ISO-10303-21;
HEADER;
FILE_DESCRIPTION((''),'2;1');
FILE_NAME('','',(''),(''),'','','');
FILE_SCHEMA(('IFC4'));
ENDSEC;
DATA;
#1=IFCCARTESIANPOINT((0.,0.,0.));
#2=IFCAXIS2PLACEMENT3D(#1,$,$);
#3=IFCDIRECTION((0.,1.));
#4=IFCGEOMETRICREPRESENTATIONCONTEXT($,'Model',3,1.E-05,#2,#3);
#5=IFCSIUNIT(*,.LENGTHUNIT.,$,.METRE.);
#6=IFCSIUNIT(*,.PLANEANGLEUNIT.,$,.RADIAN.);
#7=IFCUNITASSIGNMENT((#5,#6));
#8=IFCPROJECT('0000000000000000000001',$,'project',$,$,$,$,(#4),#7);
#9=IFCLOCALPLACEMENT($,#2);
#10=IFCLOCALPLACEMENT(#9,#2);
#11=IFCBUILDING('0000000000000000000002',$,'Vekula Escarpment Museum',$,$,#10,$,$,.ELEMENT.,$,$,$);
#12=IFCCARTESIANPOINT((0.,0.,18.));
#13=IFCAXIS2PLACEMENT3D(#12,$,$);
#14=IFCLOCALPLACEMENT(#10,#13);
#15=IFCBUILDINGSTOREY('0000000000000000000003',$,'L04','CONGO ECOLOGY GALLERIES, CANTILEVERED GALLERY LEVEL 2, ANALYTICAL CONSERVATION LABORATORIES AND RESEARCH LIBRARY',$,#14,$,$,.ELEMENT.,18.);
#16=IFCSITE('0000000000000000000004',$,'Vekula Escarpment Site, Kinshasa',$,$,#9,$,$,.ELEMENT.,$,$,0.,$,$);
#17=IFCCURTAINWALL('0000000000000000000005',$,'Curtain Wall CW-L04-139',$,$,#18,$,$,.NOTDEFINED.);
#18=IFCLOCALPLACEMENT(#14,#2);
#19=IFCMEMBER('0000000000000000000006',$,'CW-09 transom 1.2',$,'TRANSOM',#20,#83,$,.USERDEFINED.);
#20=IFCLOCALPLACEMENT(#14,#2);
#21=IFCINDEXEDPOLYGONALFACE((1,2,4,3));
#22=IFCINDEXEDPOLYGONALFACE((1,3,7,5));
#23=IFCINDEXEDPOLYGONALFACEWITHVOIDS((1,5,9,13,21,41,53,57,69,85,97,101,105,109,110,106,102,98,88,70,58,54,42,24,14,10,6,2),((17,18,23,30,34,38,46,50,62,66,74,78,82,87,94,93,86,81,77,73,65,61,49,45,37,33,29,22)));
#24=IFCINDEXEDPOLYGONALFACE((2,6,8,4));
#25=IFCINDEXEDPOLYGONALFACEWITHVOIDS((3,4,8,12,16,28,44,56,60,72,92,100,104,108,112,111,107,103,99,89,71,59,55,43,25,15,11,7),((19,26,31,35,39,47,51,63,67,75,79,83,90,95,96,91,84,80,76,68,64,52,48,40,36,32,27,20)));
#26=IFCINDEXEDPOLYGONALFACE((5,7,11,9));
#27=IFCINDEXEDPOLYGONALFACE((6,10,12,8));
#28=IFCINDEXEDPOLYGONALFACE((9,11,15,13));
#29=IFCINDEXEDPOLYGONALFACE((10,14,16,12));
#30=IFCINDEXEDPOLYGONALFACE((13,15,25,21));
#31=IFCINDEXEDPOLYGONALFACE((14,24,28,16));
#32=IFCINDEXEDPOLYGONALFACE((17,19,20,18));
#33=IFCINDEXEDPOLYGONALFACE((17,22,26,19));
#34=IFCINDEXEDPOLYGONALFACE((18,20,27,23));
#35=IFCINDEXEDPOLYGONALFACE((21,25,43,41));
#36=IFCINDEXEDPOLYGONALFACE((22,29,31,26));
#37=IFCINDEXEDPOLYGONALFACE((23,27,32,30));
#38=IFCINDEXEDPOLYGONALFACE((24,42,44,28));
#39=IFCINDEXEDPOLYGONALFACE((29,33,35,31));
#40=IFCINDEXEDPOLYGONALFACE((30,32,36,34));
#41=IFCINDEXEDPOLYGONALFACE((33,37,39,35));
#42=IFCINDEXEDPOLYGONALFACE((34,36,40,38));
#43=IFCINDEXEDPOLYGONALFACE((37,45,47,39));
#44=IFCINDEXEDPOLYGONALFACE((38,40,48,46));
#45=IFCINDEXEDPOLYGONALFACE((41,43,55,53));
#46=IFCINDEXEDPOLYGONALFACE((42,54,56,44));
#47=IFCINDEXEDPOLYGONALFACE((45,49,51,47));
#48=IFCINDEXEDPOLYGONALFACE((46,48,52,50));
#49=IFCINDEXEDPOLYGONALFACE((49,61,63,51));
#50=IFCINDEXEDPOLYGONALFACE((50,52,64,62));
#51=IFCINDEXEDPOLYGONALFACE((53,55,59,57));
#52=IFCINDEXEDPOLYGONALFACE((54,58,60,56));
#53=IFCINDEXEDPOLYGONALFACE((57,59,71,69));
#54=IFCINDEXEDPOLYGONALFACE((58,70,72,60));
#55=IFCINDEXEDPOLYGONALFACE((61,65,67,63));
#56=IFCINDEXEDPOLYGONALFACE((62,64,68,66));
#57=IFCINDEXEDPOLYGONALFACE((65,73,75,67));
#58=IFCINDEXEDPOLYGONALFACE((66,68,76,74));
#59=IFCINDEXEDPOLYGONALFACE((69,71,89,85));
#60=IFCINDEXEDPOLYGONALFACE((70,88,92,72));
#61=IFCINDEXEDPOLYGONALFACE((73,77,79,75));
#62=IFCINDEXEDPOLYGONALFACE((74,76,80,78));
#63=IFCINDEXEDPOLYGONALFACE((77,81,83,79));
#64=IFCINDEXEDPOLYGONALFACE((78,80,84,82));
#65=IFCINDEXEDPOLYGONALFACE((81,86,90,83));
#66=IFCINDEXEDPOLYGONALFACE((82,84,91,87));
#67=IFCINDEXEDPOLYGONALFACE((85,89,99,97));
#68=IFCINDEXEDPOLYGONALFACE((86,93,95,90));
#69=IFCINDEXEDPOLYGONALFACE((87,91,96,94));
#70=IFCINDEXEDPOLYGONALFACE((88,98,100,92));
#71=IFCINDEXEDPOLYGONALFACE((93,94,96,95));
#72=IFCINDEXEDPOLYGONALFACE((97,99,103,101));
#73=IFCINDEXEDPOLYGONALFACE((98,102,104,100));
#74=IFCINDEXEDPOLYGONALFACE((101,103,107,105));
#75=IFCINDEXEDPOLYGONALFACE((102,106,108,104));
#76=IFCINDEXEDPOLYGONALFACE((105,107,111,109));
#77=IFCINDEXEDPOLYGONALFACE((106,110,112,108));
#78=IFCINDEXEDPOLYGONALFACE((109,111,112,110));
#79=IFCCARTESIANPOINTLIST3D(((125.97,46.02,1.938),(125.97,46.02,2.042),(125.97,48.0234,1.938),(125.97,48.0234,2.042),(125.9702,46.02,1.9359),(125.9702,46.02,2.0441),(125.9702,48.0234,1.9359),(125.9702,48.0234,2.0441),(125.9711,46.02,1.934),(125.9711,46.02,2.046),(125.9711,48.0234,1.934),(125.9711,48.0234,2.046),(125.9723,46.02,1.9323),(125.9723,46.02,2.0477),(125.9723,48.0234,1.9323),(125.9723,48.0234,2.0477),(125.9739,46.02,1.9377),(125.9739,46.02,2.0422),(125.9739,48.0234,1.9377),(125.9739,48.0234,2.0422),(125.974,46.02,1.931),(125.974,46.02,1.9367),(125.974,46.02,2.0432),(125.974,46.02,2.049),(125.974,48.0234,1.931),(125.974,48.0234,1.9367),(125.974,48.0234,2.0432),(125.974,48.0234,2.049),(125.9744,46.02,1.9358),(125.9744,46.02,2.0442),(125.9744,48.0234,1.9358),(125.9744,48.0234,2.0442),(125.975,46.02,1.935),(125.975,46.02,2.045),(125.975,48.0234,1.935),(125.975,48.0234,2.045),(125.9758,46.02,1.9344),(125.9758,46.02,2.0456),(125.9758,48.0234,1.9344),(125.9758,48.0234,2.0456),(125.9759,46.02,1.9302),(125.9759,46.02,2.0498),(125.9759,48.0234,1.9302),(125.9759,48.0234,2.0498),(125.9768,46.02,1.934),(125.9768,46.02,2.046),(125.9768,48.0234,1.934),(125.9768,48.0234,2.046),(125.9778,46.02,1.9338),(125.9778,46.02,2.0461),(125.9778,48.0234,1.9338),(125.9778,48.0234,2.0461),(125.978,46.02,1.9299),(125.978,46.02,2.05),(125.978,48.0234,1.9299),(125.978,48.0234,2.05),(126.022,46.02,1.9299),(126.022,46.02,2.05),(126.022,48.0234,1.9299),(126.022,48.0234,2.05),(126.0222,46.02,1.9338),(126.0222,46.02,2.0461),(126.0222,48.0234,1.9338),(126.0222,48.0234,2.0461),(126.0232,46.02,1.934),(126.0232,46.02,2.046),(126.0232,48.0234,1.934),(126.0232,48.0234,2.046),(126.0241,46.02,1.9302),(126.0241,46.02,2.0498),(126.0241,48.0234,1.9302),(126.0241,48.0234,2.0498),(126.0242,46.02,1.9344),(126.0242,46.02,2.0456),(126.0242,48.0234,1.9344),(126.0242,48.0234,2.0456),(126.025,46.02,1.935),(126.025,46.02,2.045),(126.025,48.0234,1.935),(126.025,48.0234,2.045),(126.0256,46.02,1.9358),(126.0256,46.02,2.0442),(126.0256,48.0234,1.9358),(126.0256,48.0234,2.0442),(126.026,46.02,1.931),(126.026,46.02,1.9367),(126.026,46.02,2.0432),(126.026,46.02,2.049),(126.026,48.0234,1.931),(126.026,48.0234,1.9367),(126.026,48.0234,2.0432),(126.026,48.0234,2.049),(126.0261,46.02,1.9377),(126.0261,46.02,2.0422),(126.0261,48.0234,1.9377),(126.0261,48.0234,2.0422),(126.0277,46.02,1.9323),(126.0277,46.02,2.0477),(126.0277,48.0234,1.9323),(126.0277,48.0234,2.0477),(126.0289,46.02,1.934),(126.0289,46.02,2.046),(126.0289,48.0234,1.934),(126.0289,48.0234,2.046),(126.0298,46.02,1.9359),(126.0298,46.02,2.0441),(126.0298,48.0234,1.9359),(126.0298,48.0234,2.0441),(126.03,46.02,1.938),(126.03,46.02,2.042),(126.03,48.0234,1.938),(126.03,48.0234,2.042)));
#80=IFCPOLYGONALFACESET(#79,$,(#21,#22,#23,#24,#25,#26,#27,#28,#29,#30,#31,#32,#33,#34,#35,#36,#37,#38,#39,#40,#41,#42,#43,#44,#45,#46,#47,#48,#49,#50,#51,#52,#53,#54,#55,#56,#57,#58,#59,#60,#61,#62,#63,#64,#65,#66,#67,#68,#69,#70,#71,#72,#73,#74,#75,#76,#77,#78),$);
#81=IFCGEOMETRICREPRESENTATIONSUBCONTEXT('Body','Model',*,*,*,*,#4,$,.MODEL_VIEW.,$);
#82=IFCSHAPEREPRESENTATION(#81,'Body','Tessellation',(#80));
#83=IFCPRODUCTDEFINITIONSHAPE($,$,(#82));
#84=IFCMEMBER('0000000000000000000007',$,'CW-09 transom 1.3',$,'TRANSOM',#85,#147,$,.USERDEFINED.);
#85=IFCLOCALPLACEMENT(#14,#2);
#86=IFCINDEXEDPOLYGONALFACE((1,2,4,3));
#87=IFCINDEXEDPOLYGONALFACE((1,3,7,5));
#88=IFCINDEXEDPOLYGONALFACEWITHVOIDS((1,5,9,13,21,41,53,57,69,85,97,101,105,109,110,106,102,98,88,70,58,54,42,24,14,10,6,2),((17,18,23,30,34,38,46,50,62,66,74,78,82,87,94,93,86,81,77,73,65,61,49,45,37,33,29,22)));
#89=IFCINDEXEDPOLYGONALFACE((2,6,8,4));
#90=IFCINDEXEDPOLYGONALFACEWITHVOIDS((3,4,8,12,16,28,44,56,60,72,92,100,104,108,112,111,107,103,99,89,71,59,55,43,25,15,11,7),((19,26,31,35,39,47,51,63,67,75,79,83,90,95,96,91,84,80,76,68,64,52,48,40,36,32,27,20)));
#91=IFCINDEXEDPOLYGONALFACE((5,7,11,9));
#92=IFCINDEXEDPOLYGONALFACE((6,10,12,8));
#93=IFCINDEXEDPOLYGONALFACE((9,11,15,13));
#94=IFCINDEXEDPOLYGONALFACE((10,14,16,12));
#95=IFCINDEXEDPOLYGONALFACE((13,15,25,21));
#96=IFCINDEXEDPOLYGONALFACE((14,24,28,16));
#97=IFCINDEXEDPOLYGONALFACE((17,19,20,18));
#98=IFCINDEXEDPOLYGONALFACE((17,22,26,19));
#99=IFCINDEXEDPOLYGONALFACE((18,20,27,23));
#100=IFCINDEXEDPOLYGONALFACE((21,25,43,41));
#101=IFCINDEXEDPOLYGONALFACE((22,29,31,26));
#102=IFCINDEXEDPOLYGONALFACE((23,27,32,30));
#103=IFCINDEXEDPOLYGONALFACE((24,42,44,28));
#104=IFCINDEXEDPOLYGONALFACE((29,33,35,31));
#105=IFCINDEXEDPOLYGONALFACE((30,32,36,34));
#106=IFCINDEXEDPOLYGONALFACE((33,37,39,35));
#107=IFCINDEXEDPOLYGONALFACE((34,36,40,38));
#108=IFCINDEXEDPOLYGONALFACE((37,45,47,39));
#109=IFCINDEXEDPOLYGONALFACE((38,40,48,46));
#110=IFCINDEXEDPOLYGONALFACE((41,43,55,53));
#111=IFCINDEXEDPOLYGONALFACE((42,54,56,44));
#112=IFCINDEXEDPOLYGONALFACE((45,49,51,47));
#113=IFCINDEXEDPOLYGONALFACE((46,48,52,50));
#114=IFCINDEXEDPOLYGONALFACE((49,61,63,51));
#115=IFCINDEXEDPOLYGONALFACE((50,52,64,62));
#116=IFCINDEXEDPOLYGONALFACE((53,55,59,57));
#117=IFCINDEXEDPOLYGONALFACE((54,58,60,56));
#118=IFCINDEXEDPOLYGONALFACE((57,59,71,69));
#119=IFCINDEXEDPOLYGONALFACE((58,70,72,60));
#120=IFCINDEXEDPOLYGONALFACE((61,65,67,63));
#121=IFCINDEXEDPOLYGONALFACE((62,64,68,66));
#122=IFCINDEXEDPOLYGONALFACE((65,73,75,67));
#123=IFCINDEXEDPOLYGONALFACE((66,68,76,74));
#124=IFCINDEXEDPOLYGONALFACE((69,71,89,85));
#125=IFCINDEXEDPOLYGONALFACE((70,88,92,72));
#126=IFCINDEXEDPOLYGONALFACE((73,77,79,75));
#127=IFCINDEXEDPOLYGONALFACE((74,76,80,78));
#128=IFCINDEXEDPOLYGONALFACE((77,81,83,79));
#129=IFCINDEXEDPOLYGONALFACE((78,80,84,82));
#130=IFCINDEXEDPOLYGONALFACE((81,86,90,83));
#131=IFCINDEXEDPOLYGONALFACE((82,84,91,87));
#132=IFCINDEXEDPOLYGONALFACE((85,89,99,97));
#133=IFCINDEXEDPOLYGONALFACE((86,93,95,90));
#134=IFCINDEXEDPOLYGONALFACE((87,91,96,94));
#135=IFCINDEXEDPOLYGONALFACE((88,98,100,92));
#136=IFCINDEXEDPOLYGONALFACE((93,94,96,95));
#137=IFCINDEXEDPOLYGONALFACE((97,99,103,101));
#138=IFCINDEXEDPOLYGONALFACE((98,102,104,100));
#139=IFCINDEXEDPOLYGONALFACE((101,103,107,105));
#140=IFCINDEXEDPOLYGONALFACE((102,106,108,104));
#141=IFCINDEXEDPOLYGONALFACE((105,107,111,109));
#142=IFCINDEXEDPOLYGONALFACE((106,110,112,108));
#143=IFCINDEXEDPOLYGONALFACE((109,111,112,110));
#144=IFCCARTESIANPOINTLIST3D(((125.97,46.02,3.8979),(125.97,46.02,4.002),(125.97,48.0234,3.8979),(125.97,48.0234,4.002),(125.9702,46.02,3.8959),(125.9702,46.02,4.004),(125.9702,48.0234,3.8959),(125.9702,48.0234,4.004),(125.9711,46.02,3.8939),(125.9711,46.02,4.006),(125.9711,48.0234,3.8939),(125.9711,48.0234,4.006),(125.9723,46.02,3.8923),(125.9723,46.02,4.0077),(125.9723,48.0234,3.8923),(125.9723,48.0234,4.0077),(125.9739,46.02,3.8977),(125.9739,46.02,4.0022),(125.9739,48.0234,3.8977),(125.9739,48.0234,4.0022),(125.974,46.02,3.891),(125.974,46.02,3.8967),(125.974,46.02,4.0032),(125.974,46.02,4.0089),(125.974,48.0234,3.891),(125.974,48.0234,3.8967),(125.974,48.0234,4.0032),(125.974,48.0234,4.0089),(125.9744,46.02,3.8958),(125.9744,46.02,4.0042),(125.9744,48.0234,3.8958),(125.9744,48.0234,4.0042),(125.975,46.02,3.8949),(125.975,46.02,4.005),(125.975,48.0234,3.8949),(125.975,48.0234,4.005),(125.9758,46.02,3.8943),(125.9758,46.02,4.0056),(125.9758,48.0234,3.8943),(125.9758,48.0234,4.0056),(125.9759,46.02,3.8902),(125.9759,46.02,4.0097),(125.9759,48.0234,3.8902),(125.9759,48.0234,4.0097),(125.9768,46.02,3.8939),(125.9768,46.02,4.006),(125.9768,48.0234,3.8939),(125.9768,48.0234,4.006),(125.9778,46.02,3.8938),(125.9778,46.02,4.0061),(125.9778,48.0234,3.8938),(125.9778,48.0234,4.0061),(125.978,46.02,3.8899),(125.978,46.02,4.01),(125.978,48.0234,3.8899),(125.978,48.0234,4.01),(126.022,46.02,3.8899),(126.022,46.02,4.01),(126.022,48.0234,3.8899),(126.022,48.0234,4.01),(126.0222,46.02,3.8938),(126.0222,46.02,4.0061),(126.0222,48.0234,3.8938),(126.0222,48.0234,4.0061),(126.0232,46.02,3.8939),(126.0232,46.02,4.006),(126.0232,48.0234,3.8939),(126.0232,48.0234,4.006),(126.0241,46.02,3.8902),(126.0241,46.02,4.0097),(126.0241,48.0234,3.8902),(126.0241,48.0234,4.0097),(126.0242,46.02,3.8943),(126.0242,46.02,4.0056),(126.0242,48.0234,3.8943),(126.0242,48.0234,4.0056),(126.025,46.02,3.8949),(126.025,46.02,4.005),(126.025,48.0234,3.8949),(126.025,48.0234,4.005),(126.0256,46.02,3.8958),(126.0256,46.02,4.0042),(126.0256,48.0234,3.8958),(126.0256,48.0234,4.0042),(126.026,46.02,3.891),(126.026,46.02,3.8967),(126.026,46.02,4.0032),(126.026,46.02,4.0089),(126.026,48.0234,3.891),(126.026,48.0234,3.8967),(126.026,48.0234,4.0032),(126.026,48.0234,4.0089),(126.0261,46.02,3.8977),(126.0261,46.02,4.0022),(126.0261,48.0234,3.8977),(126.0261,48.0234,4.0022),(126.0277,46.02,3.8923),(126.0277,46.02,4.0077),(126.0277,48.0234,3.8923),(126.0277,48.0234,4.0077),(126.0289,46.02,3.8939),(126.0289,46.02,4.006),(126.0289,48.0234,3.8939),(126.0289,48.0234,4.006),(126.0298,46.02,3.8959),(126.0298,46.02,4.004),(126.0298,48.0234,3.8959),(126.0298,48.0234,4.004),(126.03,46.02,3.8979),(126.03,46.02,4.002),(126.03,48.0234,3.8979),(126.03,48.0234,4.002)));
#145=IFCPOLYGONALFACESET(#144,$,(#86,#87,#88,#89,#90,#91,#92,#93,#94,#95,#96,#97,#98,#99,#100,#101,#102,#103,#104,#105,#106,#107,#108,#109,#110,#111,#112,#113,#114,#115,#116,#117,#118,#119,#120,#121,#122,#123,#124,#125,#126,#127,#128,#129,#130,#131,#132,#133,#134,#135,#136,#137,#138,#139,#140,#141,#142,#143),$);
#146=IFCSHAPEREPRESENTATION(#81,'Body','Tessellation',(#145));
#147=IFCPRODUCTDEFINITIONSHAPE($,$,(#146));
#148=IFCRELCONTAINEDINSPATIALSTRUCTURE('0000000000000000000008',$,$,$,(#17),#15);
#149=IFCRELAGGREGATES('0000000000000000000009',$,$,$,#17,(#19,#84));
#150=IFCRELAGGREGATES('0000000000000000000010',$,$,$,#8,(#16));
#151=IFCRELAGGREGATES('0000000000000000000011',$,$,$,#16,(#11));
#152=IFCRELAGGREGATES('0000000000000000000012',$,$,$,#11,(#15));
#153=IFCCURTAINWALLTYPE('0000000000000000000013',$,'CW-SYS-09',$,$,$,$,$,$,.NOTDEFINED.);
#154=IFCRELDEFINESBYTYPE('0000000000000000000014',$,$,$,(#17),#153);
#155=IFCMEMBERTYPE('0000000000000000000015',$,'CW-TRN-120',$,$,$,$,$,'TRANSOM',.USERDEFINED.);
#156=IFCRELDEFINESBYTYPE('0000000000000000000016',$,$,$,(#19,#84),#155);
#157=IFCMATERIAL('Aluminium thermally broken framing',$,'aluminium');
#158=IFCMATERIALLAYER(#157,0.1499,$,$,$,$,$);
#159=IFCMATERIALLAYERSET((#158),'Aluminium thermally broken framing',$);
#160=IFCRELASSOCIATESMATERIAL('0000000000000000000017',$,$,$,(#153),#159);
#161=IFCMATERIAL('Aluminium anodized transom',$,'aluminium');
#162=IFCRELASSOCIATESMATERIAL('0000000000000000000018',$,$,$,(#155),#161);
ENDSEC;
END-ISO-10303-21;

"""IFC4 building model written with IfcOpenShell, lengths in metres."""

from ifc_helpers import new_model, si_unit, direction, frame, origin, origin_2d, place, context, subcontext, project, spatial, hollow_rectangle, extrude, material, layer, layer_set, material_profile, profile_set, type_object, element, aggregate, save


model = new_model("IFC4")

# Units and contexts
model_context = context("Model", 3, precision=1e-05, world=origin(), true_north=direction((0.0, 1.0)))
body_context = subcontext(model_context, "Body", "Model", "MODEL_VIEW")
ifc_project = project(units=[si_unit("LENGTHUNIT", "METRE"), si_unit("PLANEANGLEUNIT", "RADIAN")], contexts=[model_context])

# Site, building, storey
site_placement = place(None, origin())
site = spatial("IfcSite", under=ifc_project, at=site_placement, Name="Vekula Escarpment Site, Kinshasa", CompositionType="ELEMENT", RefElevation=0.0)
building_placement = place(site_placement, origin())
building = spatial("IfcBuilding", under=site, at=building_placement, Name="Vekula Escarpment Museum", CompositionType="ELEMENT")
storey_placement = place(building_placement, frame((0.0, 0.0, 18.0)))
storey = spatial("IfcBuildingStorey", under=building, at=storey_placement, Name="L04", Description="CONGO ECOLOGY GALLERIES, CANTILEVERED GALLERY LEVEL 2, ANALYTICAL CONSERVATION LABORATORIES AND RESEARCH LIBRARY", CompositionType="ELEMENT", Elevation=18.0)

# Curtain wall, members
ifc_material_1 = material(Name="Aluminium thermally broken framing", Category="aluminium")
ifc_layer_1 = layer(ifc_material_1, 0.1499)
ifc_layer_set_1 = layer_set([ifc_layer_1], Name="Aluminium thermally broken framing")
curtain_wall_type_1 = type_object("IfcCurtainWallType", Name="CW-SYS-09", PredefinedType="NOTDEFINED", material=ifc_layer_set_1)
curtain_wall_1_placement = place(storey_placement, origin())
curtain_wall_1 = element("IfcCurtainWall", 1, at=curtain_wall_1_placement, inside=storey, type_object=curtain_wall_type_1, Name="Curtain Wall CW-L04-139", PredefinedType="NOTDEFINED")
ifc_material_2 = material(Name="Aluminium anodized transom", Category="aluminium")
ifc_material_profile_1 = material_profile(ifc_material_2, hollow_rectangle(XDim=0.0601, YDim=0.1201, WallThickness=0.0039, InnerFilletRadius=0.0039, OuterFilletRadius=0.0081, at=origin_2d()), Name="ALU 120x60x4")
ifc_profile_set_1 = profile_set([ifc_material_profile_1], Name="Aluminium anodized transom")
member_type_1 = type_object("IfcMemberType", Name="CW-TRN-120", ElementType="TRANSOM", PredefinedType="USERDEFINED", material=ifc_profile_set_1)
member_1_placement = place(storey_placement, frame((126.0, 46.02, 1.99), z_axis=(0.0, 1.0, 0.0), x_axis=(-1.0, 0.0, 0.0)))
member_1 = element("IfcMember", 2, at=member_1_placement, type_object=member_type_1, Name="CW-09 transom 1.2", ObjectType="TRANSOM", PredefinedType="USERDEFINED", context=body_context, shape_type="SweptSolid", body=[
    extrude(hollow_rectangle(XDim=0.0601, YDim=0.1201, WallThickness=0.0039, InnerFilletRadius=0.0039, OuterFilletRadius=0.0081, at=origin_2d()), origin(), (0.0, 0.0, 1.0), 2.0034),
])
member_2_placement = place(storey_placement, frame((126.0, 46.02, 3.95), z_axis=(0.0, 1.0, 0.0), x_axis=(-1.0, 0.0, 0.0)))
member_2 = element("IfcMember", 3, at=member_2_placement, type_object=member_type_1, Name="CW-09 transom 1.3", ObjectType="TRANSOM", PredefinedType="USERDEFINED", context=body_context, shape_type="SweptSolid", body=[
    extrude(hollow_rectangle(XDim=0.0601, YDim=0.1201, WallThickness=0.0039, InnerFilletRadius=0.0039, OuterFilletRadius=0.0081, at=origin_2d()), origin(), (0.0, 0.0, 1.0), 2.0034),
])

aggregate(curtain_wall_1, [member_1, member_2])

save(model, "model.ifc")
